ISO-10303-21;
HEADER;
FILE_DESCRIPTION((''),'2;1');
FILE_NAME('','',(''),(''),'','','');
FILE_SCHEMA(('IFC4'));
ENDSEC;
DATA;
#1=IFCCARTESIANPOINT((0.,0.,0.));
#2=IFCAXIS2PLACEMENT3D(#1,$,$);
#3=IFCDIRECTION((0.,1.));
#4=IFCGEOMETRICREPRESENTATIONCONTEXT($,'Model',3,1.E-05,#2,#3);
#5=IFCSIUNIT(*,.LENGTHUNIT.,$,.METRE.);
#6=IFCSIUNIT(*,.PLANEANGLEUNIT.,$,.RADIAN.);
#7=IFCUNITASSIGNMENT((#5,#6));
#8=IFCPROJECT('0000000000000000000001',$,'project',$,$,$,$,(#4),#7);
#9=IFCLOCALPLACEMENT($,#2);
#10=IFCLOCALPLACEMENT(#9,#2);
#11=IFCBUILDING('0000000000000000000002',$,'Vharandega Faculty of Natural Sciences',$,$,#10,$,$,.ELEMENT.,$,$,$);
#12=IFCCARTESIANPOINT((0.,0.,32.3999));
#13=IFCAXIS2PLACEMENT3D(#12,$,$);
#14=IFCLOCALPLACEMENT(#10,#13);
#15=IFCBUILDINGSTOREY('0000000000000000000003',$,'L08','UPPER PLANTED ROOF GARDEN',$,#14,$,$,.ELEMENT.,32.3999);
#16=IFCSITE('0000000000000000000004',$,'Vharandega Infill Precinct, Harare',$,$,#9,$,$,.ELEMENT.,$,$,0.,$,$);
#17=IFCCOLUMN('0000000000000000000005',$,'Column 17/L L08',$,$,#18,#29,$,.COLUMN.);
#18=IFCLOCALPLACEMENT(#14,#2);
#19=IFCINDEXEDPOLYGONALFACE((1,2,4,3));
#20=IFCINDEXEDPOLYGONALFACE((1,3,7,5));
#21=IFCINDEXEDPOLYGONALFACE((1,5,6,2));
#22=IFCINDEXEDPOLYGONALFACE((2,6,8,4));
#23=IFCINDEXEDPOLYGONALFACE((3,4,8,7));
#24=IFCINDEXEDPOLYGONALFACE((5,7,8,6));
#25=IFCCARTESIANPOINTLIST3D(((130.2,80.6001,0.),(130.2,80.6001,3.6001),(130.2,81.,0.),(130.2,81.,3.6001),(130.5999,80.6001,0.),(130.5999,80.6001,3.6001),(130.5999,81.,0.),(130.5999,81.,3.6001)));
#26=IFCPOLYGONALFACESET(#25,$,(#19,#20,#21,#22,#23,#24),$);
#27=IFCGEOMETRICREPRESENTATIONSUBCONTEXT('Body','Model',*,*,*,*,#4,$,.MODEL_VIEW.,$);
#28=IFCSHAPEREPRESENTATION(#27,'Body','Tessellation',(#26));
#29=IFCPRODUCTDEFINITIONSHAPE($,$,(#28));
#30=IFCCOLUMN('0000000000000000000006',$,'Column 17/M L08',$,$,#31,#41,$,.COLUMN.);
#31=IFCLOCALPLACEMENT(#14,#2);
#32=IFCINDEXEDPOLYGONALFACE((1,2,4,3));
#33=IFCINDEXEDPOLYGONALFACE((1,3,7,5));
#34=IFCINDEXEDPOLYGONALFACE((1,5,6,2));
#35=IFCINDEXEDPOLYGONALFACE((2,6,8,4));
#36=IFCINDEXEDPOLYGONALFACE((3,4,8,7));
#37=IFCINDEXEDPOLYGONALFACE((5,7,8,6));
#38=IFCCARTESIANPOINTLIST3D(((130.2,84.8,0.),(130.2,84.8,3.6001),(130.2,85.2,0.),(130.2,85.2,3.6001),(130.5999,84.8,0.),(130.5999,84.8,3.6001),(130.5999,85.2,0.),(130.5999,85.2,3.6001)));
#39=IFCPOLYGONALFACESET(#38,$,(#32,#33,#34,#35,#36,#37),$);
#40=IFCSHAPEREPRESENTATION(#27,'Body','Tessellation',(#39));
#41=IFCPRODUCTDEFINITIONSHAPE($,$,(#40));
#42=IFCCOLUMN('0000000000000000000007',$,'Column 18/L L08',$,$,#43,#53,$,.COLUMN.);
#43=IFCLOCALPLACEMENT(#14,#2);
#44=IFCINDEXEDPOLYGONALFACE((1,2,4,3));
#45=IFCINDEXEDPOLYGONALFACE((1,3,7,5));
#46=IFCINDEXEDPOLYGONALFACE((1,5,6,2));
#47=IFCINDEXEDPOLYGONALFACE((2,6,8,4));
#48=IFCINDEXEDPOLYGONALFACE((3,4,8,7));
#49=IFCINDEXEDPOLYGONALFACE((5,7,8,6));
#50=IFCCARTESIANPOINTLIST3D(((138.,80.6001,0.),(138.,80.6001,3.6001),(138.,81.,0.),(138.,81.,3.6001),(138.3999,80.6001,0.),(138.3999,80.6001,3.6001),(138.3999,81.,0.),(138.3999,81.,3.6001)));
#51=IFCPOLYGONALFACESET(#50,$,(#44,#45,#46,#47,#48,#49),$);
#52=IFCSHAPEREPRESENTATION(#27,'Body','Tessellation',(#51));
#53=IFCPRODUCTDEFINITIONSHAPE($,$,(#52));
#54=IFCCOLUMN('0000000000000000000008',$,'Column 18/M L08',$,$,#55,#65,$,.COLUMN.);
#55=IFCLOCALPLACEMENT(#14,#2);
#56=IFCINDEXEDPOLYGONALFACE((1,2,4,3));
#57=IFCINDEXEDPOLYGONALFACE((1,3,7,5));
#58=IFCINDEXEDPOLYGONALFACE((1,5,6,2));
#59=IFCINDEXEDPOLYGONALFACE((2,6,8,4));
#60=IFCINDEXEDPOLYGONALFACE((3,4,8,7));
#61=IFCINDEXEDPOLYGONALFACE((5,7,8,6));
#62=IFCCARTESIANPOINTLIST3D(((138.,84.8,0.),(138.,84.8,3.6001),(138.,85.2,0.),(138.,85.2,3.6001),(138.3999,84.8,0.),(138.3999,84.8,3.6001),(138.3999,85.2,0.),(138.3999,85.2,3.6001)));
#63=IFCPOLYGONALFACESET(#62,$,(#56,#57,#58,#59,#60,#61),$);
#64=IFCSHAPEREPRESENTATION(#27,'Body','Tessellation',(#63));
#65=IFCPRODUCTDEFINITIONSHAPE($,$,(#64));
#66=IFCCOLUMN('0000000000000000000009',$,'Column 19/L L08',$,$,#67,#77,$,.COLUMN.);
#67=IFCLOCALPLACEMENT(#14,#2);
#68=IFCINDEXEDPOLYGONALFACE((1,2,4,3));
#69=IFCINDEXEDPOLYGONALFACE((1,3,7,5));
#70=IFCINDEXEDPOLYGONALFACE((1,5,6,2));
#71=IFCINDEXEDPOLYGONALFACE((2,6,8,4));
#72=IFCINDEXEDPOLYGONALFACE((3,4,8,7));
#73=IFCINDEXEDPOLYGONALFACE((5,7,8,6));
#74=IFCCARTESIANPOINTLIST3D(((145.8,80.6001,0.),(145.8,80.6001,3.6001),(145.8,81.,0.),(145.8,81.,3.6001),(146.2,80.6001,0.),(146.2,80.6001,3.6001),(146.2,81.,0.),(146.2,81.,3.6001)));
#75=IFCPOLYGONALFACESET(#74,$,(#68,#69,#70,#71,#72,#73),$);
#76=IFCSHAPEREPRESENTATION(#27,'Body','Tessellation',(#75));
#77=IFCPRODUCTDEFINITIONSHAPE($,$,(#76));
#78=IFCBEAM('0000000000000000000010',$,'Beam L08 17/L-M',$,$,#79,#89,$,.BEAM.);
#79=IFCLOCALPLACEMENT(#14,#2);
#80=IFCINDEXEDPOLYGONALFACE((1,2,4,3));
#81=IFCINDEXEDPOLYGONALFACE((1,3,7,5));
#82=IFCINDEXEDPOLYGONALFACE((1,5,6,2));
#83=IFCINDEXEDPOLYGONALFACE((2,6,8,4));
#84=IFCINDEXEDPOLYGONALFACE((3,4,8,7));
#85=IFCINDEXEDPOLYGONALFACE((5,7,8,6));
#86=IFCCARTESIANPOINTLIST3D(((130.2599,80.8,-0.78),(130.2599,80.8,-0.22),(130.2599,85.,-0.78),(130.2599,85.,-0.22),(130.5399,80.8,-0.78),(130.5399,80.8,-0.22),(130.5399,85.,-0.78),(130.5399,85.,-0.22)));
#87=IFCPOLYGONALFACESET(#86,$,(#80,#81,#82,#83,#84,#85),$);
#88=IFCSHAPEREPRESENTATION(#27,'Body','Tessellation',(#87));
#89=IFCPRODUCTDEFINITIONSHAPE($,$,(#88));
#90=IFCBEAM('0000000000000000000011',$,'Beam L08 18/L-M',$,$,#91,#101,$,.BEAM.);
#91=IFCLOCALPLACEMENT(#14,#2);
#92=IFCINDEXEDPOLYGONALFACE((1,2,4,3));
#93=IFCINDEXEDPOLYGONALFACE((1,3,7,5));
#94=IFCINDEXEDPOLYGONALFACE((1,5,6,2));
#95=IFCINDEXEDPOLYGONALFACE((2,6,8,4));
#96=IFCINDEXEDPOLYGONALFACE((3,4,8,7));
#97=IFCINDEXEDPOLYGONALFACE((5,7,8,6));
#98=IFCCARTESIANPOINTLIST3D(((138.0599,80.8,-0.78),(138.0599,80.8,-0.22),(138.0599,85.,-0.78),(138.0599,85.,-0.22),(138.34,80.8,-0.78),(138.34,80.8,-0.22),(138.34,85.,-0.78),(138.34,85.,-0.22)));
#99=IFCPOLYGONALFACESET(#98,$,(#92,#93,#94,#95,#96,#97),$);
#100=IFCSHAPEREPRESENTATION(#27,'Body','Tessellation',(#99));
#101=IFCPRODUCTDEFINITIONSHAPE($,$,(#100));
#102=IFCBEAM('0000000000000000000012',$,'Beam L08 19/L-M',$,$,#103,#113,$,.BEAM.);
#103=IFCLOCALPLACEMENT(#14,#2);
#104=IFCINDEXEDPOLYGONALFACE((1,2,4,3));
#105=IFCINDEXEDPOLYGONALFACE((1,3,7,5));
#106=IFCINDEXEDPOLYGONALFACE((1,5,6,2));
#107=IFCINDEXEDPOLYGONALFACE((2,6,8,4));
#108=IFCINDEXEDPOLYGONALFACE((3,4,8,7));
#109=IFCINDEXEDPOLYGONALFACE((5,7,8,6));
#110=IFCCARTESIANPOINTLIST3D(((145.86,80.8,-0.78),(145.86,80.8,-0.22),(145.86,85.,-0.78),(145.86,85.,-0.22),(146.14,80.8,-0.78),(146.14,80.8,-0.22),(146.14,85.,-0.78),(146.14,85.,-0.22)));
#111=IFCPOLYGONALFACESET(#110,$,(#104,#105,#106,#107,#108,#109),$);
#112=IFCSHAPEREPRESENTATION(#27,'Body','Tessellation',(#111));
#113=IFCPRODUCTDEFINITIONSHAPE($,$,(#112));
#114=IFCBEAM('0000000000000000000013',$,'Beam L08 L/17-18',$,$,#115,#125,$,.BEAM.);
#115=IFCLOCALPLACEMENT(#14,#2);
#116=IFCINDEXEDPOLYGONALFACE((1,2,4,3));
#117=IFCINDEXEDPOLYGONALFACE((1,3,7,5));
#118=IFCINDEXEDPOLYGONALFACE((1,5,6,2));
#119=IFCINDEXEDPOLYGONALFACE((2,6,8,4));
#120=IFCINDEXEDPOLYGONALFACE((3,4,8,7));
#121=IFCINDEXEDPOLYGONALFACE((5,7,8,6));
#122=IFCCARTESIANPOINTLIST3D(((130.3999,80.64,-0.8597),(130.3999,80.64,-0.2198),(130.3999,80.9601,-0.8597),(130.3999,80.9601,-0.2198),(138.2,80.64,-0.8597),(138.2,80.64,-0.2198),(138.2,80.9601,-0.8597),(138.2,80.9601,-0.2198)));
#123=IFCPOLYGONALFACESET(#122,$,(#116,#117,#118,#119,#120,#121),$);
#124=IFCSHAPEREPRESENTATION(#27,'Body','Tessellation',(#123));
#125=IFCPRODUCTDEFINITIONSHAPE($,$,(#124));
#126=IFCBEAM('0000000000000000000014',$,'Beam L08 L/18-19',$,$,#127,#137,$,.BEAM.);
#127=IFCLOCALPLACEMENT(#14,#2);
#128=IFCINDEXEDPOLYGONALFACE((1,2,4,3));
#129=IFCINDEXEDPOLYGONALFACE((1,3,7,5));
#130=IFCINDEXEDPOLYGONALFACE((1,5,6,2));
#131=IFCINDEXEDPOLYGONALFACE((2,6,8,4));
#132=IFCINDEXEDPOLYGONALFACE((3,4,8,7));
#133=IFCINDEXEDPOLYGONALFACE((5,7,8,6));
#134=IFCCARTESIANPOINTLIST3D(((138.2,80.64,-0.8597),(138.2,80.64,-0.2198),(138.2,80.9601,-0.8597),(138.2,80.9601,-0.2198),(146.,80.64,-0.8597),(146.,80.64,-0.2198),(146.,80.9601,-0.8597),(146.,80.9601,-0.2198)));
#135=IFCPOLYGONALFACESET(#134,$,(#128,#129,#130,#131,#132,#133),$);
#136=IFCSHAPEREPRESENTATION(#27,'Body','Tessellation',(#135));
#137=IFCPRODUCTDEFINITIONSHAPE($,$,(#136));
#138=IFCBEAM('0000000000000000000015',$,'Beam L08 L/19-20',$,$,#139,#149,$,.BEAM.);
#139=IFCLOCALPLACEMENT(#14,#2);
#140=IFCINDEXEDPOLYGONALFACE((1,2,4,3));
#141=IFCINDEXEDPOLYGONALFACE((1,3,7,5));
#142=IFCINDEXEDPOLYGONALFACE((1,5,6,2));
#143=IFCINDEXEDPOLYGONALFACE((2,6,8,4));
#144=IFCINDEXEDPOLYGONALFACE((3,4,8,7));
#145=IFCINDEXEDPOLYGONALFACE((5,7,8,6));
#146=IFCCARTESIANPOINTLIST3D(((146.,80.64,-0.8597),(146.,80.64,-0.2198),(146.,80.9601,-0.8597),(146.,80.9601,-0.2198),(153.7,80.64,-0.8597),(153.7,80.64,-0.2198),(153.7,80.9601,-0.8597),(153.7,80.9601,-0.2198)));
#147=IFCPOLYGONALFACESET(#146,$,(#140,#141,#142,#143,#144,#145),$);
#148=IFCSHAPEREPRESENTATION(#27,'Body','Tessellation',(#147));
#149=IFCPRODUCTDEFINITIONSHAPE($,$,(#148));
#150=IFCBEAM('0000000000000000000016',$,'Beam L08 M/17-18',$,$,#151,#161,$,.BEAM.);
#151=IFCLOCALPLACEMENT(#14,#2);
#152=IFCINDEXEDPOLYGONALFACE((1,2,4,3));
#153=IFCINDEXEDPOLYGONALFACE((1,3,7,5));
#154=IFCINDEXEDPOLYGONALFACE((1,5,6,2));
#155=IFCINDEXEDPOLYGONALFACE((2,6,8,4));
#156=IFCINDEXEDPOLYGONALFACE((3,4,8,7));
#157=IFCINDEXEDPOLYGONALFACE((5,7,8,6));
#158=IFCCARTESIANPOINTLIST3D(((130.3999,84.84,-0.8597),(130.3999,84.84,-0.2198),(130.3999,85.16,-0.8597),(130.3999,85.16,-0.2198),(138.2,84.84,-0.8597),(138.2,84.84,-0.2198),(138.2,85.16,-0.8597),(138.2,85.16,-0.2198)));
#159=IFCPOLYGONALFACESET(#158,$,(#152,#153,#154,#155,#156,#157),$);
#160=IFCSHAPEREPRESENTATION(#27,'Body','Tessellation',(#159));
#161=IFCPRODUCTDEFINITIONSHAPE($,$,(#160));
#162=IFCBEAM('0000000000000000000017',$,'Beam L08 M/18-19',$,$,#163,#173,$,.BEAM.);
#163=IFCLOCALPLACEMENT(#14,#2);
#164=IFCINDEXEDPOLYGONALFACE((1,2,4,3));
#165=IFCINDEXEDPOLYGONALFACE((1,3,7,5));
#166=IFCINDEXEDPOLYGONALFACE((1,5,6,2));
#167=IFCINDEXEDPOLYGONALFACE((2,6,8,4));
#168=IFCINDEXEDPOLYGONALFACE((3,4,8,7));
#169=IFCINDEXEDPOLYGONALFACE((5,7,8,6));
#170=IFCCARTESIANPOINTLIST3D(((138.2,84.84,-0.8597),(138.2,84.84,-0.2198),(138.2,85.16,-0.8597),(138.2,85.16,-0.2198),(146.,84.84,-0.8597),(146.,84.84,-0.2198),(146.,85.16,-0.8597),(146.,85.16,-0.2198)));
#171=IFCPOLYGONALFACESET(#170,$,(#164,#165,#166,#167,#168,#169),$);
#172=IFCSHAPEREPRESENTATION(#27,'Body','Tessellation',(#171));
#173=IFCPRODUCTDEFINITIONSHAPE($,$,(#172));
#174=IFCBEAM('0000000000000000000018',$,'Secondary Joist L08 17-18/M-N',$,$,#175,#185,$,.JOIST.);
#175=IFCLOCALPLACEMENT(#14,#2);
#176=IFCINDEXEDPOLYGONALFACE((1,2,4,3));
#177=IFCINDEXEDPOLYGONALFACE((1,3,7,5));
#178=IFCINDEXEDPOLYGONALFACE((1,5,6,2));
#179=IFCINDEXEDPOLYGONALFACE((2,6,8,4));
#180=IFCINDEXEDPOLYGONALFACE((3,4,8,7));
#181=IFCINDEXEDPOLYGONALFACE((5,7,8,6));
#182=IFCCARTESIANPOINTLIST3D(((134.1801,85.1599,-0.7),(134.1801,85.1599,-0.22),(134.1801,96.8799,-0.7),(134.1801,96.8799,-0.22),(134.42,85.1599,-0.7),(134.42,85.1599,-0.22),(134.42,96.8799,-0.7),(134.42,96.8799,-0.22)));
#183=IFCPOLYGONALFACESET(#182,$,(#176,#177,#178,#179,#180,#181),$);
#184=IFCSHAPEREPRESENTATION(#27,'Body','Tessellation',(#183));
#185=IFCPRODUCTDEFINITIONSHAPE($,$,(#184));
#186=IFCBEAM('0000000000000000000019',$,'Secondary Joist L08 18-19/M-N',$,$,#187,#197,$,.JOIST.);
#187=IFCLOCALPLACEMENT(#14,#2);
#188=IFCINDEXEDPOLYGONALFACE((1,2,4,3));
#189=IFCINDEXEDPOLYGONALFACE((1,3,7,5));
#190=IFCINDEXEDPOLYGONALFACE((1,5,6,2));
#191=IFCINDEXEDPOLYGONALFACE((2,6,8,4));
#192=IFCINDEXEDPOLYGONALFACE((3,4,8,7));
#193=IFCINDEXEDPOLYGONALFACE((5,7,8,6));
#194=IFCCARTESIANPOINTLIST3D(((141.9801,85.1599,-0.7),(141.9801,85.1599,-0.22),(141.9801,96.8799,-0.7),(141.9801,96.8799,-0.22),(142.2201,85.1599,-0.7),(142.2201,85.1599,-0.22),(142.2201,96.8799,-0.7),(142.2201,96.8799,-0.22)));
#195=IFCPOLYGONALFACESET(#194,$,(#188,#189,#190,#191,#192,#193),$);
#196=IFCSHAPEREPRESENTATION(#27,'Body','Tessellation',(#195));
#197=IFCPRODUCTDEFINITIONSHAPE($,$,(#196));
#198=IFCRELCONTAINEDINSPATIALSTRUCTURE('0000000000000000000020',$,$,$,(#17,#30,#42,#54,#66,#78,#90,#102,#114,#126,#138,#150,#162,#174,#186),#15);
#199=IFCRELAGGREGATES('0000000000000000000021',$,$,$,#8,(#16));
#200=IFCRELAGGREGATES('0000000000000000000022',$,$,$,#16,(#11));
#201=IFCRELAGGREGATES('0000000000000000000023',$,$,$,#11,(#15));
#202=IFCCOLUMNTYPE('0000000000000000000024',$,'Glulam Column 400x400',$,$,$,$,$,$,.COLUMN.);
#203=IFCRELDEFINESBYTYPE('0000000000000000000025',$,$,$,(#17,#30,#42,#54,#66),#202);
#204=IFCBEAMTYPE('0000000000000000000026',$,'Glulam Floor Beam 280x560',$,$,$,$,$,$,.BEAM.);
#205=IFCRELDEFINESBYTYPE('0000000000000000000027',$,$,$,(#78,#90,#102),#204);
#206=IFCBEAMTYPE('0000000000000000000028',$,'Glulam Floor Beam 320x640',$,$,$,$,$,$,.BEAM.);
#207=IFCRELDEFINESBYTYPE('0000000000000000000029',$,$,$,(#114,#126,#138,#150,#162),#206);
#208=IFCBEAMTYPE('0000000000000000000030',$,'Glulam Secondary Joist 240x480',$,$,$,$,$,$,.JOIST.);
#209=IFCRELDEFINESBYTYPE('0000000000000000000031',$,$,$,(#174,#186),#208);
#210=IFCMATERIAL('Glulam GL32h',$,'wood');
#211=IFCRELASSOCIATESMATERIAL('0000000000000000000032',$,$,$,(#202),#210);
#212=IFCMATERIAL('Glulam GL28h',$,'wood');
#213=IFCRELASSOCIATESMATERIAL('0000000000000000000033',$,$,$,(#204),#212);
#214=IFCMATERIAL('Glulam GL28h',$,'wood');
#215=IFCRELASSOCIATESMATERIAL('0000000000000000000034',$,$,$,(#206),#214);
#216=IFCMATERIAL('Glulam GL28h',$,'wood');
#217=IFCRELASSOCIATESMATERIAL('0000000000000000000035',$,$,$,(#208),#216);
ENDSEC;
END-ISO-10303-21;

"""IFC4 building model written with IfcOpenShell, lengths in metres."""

from ifc_helpers import new_model, si_unit, direction, frame, origin, origin_2d, place, context, subcontext, project, spatial, rectangle, extrude, material, material_profile, profile_set, type_object, element, save


model = new_model("IFC4")

# Units and contexts
model_context = context("Model", 3, precision=1e-05, world=origin(), true_north=direction((0.0, 1.0)))
body_context = subcontext(model_context, "Body", "Model", "MODEL_VIEW")
ifc_project = project(units=[si_unit("LENGTHUNIT", "METRE"), si_unit("PLANEANGLEUNIT", "RADIAN")], contexts=[model_context])

# Site, building, storey
site_placement = place(None, origin())
site = spatial("IfcSite", under=ifc_project, at=site_placement, Name="Vharandega Infill Precinct, Harare", CompositionType="ELEMENT", RefElevation=0.0)
building_placement = place(site_placement, origin())
building = spatial("IfcBuilding", under=site, at=building_placement, Name="Vharandega Faculty of Natural Sciences", CompositionType="ELEMENT")
storey_placement = place(building_placement, frame((0.0, 0.0, 32.3999)))
storey = spatial("IfcBuildingStorey", under=building, at=storey_placement, Name="L08", Description="UPPER PLANTED ROOF GARDEN", CompositionType="ELEMENT", Elevation=32.3999)

# Columns
ifc_material_1 = material(Name="Glulam GL32h", Category="wood")
ifc_material_profile_1 = material_profile(ifc_material_1, rectangle(XDim=0.3999, YDim=0.3999, at=origin_2d()), Name="GL32h 400x400")
ifc_profile_set_1 = profile_set([ifc_material_profile_1], Name="Glulam GL32h")
column_type = type_object("IfcColumnType", Name="Glulam Column 400x400", PredefinedType="COLUMN", material=ifc_profile_set_1)
for number, where, z_axis, x_axis, name in (
    (1, (130.3999, 80.8, 0.0), (0.0, 0.0, 1.0), (1.0, 0.0, 0.0), "Column 17/L L08"),
    (2, (130.3999, 85.0, 0.0), (0.0, 0.0, 1.0), (1.0, 0.0, 0.0), "Column 17/M L08"),
    (3, (138.2, 80.8, 0.0), (0.0, 0.0, 1.0), (1.0, 0.0, 0.0), "Column 18/L L08"),
    (4, (138.2, 85.0, 0.0), (0.0, 0.0, 1.0), (1.0, 0.0, 0.0), "Column 18/M L08"),
    (5, (146.0, 80.8, 0.0), (0.0, 0.0, 1.0), (1.0, 0.0, 0.0), "Column 19/L L08"),
):
    element("IfcColumn", number, at=place(storey_placement, frame(where, z_axis=z_axis, x_axis=x_axis)), inside=storey, type_object=column_type, Name=name, PredefinedType="COLUMN", context=body_context, shape_type="SweptSolid", body=[
        extrude(rectangle(XDim=0.3999, YDim=0.3999, at=origin_2d()), origin(), (0.0, 0.0, 1.0), 3.6001),
    ])

# Beams
ifc_material_2 = material(Name="Glulam GL28h", Category="wood")
ifc_material_profile_2 = material_profile(ifc_material_2, rectangle(XDim=0.28, YDim=0.5601, at=origin_2d()), Name="GL28h 280x560")
ifc_profile_set_2 = profile_set([ifc_material_profile_2], Name="Glulam GL28h")
beam_type_1 = type_object("IfcBeamType", Name="Glulam Floor Beam 280x560", PredefinedType="BEAM", material=ifc_profile_set_2)
for number, where, z_axis, x_axis, name in (
    (6, (130.3999, 80.8, -0.5), (0.0, 1.0, 0.0), (-1.0, 0.0, 0.0), "Beam L08 17/L-M"),
    (7, (138.2, 80.8, -0.5), (0.0, 1.0, 0.0), (-1.0, 0.0, 0.0), "Beam L08 18/L-M"),
    (8, (146.0, 80.8, -0.5), (0.0, 1.0, 0.0), (-1.0, 0.0, 0.0), "Beam L08 19/L-M"),
):
    element("IfcBeam", number, at=place(storey_placement, frame(where, z_axis=z_axis, x_axis=x_axis)), inside=storey, type_object=beam_type_1, Name=name, PredefinedType="BEAM", context=body_context, shape_type="SweptSolid", body=[
        extrude(rectangle(XDim=0.28, YDim=0.5601, at=origin_2d()), origin(), (0.0, 0.0, 1.0), 4.2),
    ])
ifc_material_3 = material(Name="Glulam GL28h", Category="wood")
ifc_material_profile_3 = material_profile(ifc_material_3, rectangle(XDim=0.3201, YDim=0.6399, at=origin_2d()), Name="GL28h 320x640")
ifc_profile_set_3 = profile_set([ifc_material_profile_3], Name="Glulam GL28h")
beam_type_2 = type_object("IfcBeamType", Name="Glulam Floor Beam 320x640", PredefinedType="BEAM", material=ifc_profile_set_3)
for number, where, z_axis, x_axis, name in (
    (9, (130.3999, 80.8, -0.5398), (1.0, 0.0, 0.0), (0.0, 1.0, 0.0), "Beam L08 L/17-18"),
    (10, (138.2, 80.8, -0.5398), (1.0, 0.0, 0.0), (0.0, 1.0, 0.0), "Beam L08 L/18-19"),
):
    element("IfcBeam", number, at=place(storey_placement, frame(where, z_axis=z_axis, x_axis=x_axis)), inside=storey, type_object=beam_type_2, Name=name, PredefinedType="BEAM", context=body_context, shape_type="SweptSolid", body=[
        extrude(rectangle(XDim=0.3201, YDim=0.6399, at=origin_2d()), origin(), (0.0, 0.0, 1.0), 7.8),
    ])
beam_placement = place(storey_placement, frame((146.0, 80.8, -0.5398), z_axis=(1.0, 0.0, 0.0), x_axis=(0.0, 1.0, 0.0)))
element("IfcBeam", 11, at=beam_placement, inside=storey, type_object=beam_type_2, Name="Beam L08 L/19-20", PredefinedType="BEAM", context=body_context, shape_type="SweptSolid", body=[
    extrude(rectangle(XDim=0.3201, YDim=0.6399, at=origin_2d()), origin(), (0.0, 0.0, 1.0), 7.7),
])
for number, where, z_axis, x_axis, name in (
    (12, (130.3999, 85.0, -0.5398), (1.0, 0.0, 0.0), (0.0, 1.0, 0.0), "Beam L08 M/17-18"),
    (13, (138.2, 85.0, -0.5398), (1.0, 0.0, 0.0), (0.0, 1.0, 0.0), "Beam L08 M/18-19"),
):
    element("IfcBeam", number, at=place(storey_placement, frame(where, z_axis=z_axis, x_axis=x_axis)), inside=storey, type_object=beam_type_2, Name=name, PredefinedType="BEAM", context=body_context, shape_type="SweptSolid", body=[
        extrude(rectangle(XDim=0.3201, YDim=0.6399, at=origin_2d()), origin(), (0.0, 0.0, 1.0), 7.8),
    ])
ifc_material_4 = material(Name="Glulam GL28h", Category="wood")
ifc_material_profile_4 = material_profile(ifc_material_4, rectangle(XDim=0.24, YDim=0.48, at=origin_2d()), Name="GL28h 240x480")
ifc_profile_set_4 = profile_set([ifc_material_profile_4], Name="Glulam GL28h")
beam_type_3 = type_object("IfcBeamType", Name="Glulam Secondary Joist 240x480", PredefinedType="JOIST", material=ifc_profile_set_4)
for number, where, z_axis, x_axis, name in (
    (14, (134.3, 85.1599, -0.46), (0.0, 1.0, 0.0), (-1.0, 0.0, 0.0), "Secondary Joist L08 17-18/M-N"),
    (15, (142.1001, 85.1599, -0.46), (0.0, 1.0, 0.0), (-1.0, 0.0, 0.0), "Secondary Joist L08 18-19/M-N"),
):
    element("IfcBeam", number, at=place(storey_placement, frame(where, z_axis=z_axis, x_axis=x_axis)), inside=storey, type_object=beam_type_3, Name=name, PredefinedType="JOIST", context=body_context, shape_type="SweptSolid", body=[
        extrude(rectangle(XDim=0.24, YDim=0.48, at=origin_2d()), origin(), (0.0, 0.0, 1.0), 11.72),
    ])

save(model, "model.ifc")
